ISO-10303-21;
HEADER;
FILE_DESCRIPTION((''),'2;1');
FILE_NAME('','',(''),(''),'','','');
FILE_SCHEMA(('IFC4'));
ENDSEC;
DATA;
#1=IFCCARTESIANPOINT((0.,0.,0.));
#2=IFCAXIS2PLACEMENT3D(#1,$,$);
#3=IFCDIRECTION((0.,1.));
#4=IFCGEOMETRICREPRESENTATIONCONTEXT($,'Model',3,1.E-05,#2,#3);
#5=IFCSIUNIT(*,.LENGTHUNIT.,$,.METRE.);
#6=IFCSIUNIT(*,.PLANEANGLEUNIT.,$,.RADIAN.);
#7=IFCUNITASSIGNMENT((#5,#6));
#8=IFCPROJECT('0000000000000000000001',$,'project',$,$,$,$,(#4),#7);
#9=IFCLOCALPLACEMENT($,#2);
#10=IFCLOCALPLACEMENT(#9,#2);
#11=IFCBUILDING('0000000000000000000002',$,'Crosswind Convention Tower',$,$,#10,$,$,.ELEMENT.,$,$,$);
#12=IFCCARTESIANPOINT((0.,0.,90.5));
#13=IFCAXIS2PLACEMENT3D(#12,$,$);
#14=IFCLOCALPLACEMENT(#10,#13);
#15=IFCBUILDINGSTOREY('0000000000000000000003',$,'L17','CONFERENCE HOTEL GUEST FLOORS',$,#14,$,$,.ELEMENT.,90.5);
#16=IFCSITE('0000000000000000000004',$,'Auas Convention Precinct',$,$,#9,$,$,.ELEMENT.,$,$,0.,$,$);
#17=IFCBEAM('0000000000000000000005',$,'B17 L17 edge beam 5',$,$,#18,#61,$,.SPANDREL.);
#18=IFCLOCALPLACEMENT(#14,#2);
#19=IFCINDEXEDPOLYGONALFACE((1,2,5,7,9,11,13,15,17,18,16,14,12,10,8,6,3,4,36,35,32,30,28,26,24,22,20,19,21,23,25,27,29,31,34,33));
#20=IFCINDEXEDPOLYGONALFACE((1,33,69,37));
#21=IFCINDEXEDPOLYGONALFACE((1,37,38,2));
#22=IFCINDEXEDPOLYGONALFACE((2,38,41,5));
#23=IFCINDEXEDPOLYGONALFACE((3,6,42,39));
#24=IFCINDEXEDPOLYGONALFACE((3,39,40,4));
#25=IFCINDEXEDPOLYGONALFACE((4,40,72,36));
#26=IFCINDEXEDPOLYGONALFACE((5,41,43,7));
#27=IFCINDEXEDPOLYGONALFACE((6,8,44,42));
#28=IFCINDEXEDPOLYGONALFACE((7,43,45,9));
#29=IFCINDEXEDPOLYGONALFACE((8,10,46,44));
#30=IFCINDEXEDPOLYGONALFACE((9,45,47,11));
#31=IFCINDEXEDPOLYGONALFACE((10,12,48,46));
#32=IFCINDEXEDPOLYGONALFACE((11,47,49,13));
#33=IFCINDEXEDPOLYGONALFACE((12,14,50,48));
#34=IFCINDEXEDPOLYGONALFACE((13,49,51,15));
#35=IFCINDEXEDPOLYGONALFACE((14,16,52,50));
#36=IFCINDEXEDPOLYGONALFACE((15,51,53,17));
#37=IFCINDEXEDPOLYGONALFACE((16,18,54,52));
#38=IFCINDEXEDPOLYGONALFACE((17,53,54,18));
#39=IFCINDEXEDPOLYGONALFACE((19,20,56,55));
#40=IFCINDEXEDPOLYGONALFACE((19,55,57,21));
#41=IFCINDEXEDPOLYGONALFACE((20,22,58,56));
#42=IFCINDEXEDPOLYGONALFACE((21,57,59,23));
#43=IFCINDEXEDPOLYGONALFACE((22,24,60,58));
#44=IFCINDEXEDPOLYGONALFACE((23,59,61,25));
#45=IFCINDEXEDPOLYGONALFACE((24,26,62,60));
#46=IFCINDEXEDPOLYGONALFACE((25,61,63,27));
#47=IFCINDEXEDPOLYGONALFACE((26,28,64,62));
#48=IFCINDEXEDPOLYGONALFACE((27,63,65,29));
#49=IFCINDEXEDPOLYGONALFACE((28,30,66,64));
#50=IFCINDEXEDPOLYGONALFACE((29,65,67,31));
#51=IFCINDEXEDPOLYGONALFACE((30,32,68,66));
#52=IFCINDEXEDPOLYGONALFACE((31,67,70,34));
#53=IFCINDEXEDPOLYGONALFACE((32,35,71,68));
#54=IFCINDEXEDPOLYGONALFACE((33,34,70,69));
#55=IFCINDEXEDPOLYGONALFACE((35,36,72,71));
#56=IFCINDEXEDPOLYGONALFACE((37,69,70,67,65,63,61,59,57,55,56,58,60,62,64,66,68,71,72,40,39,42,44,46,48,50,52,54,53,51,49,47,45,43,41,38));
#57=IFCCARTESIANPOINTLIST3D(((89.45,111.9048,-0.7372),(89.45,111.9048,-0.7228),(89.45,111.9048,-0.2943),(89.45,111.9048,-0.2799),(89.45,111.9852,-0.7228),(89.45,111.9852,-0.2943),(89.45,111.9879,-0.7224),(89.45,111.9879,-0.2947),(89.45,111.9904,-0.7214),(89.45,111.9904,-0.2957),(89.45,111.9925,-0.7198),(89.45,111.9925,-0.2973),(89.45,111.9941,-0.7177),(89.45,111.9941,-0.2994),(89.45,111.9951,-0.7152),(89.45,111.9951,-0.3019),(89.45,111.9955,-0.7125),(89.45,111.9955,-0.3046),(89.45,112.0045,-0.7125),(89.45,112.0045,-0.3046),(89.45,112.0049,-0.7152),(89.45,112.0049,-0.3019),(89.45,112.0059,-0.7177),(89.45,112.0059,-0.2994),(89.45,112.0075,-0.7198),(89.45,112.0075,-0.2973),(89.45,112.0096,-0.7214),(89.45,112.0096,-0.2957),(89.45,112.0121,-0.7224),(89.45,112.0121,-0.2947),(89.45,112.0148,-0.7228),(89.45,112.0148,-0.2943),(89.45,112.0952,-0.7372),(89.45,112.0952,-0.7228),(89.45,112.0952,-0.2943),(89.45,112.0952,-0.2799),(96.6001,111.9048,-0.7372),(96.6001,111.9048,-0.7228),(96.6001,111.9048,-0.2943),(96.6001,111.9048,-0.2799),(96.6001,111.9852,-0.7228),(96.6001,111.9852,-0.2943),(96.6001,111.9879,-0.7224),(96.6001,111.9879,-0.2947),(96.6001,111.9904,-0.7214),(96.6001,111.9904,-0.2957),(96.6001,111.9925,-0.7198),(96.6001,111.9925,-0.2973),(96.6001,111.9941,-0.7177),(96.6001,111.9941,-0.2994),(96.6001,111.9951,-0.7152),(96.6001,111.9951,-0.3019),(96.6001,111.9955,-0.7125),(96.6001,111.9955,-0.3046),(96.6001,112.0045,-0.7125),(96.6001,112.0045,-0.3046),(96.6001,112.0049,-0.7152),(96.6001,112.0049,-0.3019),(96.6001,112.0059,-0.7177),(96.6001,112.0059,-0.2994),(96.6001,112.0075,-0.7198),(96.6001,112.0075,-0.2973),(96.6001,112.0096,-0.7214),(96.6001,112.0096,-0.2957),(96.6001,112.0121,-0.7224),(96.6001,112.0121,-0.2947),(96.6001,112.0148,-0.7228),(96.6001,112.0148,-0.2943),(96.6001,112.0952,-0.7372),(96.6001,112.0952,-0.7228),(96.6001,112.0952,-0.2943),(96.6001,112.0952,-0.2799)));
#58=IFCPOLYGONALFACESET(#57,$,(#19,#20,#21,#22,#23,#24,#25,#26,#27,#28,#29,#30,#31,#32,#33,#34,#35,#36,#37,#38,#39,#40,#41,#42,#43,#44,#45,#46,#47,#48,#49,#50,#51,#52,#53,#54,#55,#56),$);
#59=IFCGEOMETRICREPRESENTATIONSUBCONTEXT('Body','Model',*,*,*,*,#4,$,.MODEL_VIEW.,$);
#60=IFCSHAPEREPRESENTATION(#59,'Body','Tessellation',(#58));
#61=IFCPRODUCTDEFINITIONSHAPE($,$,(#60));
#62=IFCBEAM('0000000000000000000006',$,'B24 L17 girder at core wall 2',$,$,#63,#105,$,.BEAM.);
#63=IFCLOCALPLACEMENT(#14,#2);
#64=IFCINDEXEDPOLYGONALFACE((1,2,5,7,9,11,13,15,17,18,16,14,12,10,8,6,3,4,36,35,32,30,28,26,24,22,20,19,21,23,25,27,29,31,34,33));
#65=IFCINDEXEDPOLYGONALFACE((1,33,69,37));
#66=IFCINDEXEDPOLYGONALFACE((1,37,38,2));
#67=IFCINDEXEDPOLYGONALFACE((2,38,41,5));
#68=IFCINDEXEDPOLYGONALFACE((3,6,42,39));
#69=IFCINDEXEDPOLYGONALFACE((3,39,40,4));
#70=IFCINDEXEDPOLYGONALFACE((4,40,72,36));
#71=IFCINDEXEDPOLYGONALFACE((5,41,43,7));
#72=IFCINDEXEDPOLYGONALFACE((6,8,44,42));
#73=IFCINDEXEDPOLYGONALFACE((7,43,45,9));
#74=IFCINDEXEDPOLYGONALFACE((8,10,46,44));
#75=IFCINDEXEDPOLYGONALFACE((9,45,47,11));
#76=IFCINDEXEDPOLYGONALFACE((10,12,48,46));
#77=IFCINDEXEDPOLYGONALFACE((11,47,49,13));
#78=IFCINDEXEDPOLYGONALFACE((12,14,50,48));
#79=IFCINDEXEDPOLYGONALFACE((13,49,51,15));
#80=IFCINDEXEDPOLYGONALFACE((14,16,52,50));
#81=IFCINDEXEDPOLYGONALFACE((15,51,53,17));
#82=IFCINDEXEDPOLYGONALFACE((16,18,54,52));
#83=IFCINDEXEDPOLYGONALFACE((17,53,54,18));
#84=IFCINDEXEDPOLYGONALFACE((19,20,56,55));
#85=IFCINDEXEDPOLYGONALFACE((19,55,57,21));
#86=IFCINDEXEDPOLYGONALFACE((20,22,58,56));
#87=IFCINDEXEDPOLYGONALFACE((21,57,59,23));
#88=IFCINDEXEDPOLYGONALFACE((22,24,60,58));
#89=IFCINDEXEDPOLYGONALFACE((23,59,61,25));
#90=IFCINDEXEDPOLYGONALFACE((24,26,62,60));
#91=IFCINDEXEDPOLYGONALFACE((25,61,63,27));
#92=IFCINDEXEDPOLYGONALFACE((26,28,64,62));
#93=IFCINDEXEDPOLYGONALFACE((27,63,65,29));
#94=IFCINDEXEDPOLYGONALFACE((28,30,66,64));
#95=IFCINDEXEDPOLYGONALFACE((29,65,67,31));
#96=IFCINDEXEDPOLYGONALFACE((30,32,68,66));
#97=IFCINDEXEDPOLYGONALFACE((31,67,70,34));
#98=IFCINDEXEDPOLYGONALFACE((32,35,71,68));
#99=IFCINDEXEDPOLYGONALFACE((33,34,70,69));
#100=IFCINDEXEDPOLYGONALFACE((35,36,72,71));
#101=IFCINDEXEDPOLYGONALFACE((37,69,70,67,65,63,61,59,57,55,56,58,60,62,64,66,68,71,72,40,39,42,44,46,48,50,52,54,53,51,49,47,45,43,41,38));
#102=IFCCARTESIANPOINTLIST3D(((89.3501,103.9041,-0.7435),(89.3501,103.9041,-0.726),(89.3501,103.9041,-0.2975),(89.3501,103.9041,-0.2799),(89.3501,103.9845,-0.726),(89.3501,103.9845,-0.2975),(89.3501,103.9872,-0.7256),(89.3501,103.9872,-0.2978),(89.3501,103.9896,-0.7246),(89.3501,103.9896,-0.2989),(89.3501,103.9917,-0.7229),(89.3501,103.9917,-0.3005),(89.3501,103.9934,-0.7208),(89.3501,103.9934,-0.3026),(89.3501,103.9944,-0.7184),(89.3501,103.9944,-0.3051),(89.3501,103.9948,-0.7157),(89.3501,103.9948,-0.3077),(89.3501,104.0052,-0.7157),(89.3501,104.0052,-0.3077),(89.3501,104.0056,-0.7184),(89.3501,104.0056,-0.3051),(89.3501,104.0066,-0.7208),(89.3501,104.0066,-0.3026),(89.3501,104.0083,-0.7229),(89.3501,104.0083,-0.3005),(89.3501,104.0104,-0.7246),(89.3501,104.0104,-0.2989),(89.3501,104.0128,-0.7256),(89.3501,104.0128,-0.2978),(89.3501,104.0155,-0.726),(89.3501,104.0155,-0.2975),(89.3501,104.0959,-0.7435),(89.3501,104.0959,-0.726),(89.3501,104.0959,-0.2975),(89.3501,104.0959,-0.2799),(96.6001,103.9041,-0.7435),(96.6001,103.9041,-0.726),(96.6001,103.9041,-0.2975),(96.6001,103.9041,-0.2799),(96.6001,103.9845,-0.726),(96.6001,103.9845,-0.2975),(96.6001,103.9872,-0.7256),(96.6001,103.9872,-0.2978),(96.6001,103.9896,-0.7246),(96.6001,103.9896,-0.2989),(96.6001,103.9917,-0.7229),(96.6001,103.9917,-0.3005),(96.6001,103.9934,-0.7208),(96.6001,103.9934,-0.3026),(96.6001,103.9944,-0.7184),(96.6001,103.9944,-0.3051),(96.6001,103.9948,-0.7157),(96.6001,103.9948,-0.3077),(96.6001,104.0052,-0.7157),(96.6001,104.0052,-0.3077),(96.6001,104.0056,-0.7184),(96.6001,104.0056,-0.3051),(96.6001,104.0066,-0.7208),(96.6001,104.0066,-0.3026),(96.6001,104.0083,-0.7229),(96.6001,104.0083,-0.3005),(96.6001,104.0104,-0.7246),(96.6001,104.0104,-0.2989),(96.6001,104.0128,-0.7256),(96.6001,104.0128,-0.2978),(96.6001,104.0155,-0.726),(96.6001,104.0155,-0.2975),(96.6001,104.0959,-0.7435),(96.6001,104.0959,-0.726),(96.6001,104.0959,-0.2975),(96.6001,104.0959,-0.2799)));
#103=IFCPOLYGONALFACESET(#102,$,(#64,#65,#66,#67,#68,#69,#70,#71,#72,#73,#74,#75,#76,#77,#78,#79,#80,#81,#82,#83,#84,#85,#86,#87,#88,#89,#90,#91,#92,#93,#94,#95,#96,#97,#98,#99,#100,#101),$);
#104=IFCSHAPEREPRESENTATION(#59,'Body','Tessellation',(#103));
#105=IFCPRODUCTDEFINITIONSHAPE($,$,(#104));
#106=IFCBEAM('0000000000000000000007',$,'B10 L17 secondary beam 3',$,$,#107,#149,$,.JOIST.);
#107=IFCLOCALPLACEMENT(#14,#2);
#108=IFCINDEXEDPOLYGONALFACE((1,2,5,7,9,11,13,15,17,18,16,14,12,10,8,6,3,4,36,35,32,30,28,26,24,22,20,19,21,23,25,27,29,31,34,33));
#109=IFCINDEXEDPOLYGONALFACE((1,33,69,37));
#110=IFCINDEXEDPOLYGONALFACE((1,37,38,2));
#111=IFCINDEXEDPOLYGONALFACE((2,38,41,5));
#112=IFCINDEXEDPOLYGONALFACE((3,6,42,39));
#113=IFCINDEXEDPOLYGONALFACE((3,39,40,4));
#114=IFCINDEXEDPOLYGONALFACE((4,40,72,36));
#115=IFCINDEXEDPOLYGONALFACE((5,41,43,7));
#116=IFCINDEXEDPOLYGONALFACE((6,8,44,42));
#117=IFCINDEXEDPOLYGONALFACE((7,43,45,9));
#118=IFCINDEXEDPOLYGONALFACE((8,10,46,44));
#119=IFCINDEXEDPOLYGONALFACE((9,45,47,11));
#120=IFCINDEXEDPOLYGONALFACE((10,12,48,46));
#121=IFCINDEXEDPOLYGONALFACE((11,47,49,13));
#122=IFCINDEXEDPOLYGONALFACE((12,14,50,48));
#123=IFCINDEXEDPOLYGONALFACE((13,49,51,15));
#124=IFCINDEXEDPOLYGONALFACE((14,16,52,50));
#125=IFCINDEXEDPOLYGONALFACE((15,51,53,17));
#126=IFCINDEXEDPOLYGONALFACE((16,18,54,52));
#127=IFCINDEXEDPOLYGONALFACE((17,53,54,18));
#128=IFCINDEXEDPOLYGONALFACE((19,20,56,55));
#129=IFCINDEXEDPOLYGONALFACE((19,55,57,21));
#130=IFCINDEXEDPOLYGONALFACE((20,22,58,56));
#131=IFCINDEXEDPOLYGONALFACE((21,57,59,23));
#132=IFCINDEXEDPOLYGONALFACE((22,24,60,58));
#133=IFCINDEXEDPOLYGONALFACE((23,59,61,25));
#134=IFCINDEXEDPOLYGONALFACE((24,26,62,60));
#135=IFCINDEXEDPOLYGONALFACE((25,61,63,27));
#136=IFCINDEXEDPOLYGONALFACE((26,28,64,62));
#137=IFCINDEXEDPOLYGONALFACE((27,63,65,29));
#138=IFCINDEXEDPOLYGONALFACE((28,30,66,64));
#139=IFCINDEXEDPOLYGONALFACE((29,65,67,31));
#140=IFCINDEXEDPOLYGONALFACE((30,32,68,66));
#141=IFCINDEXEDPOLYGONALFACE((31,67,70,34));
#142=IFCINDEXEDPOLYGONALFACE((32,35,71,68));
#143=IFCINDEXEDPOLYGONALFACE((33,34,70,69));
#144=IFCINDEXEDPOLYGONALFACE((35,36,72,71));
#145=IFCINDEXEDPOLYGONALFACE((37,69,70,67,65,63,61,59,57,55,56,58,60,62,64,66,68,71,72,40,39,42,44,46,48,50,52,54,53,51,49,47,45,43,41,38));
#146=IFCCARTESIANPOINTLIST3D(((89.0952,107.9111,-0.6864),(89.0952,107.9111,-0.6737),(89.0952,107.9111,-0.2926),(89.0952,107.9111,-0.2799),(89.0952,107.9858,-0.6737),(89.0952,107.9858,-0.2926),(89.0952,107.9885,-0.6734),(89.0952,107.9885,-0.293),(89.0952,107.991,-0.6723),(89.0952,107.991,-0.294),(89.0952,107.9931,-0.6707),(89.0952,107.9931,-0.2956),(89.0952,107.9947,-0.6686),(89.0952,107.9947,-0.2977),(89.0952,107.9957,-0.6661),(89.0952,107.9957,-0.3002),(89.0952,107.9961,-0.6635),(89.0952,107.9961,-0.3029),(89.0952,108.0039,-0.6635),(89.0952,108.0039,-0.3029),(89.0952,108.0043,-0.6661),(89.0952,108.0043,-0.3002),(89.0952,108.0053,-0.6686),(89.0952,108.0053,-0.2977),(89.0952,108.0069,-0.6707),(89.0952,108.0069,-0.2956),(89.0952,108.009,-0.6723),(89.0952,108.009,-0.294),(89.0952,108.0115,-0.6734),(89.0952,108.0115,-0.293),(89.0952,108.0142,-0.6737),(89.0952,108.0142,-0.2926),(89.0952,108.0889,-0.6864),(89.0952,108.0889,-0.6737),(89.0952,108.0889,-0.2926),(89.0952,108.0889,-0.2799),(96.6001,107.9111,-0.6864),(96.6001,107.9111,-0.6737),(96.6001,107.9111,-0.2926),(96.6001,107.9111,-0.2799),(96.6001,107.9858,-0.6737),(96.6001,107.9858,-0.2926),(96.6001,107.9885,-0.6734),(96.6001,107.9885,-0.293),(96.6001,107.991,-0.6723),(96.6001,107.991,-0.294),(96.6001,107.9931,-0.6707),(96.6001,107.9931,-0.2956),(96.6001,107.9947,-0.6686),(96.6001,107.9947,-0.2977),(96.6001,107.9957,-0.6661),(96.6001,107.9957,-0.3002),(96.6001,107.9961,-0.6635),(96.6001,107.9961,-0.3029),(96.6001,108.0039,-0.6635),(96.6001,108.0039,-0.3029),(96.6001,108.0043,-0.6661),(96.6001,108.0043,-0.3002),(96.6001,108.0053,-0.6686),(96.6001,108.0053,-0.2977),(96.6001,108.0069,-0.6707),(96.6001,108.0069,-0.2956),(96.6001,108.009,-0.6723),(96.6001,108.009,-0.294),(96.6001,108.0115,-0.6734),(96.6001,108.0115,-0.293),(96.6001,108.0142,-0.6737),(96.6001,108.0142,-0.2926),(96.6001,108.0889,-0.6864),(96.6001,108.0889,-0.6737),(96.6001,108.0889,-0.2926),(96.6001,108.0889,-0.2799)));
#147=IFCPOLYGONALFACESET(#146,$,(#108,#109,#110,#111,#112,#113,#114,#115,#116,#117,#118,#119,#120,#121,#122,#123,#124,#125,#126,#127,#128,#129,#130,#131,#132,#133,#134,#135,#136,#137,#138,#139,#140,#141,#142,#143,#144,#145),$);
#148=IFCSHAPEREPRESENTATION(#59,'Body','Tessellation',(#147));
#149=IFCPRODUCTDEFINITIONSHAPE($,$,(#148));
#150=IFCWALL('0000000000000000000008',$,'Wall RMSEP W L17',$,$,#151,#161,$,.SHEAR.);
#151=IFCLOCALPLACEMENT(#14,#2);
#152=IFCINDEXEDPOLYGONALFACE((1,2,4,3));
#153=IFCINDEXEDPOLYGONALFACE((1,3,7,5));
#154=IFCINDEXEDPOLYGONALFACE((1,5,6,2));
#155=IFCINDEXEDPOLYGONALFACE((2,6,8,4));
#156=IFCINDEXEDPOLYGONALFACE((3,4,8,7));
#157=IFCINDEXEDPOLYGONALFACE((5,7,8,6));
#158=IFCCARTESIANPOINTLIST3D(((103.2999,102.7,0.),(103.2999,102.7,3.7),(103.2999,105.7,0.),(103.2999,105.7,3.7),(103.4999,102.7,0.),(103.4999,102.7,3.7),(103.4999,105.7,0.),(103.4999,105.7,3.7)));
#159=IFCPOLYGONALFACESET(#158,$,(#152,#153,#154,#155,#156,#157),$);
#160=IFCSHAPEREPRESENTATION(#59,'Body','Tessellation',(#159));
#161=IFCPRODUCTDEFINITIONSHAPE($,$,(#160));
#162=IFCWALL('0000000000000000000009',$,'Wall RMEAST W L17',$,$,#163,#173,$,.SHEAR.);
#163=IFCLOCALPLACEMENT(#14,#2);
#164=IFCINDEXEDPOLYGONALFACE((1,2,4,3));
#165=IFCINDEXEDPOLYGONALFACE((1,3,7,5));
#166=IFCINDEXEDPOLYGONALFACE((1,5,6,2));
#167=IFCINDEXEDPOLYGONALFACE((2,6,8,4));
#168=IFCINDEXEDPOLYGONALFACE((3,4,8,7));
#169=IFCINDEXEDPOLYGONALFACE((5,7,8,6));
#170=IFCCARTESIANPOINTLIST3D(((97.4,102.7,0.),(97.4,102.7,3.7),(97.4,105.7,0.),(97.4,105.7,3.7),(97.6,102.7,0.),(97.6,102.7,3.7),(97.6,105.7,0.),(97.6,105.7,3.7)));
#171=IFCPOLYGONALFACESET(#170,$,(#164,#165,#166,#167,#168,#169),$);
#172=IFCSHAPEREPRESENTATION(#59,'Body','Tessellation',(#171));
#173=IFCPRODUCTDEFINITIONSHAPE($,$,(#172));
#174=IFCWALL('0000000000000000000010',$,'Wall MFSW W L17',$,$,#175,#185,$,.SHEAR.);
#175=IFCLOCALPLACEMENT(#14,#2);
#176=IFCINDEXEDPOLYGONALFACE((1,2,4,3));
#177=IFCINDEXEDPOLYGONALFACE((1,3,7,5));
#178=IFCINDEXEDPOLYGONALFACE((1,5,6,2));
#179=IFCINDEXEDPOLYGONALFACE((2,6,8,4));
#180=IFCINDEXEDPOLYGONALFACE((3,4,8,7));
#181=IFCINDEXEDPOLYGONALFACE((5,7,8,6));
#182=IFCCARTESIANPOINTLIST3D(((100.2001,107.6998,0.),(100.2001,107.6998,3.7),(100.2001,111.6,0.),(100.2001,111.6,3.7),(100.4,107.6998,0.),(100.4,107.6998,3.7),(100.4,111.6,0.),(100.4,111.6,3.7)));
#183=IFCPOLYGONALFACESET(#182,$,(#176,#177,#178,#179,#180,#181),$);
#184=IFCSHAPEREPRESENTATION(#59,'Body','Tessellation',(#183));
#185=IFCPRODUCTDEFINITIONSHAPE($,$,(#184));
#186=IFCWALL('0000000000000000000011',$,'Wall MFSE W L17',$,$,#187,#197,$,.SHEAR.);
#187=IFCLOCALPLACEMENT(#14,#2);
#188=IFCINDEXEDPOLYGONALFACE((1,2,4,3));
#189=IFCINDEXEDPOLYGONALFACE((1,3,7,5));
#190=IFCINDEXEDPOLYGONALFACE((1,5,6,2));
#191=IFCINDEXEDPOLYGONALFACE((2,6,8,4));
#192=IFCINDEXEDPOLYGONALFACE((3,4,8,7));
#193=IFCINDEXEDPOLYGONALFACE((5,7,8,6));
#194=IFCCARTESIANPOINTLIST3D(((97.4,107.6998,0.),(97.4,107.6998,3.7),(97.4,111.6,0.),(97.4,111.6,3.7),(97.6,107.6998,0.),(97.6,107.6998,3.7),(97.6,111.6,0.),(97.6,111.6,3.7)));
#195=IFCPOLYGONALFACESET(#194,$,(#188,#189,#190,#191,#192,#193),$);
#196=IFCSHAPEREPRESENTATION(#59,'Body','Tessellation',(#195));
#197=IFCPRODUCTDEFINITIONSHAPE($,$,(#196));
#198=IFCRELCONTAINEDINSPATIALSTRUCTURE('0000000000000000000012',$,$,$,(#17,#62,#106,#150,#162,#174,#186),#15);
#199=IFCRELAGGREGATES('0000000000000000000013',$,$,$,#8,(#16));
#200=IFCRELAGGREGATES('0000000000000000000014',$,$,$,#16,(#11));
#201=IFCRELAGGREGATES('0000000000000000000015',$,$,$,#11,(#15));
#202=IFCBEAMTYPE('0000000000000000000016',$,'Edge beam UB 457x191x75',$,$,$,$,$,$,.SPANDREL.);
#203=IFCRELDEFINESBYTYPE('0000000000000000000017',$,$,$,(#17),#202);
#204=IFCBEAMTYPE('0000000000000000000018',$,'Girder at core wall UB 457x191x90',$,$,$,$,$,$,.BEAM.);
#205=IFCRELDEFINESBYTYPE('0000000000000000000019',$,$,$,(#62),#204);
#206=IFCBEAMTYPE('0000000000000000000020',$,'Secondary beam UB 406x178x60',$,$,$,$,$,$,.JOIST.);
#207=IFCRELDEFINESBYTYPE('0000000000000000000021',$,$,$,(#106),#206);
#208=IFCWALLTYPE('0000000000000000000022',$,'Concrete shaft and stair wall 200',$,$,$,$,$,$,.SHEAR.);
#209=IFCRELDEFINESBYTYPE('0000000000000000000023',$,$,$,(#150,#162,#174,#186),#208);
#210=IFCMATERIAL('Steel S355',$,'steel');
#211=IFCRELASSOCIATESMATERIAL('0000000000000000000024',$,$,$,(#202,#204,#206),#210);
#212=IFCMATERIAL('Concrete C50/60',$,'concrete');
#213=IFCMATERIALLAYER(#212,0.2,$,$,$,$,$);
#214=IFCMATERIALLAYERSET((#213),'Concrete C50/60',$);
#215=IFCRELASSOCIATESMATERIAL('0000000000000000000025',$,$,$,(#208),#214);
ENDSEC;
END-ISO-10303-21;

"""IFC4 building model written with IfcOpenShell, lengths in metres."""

from ifc_helpers import new_model, si_unit, direction, frame, frame_2d, origin, origin_2d, place, context, subcontext, project, spatial, rectangle, i_section, extrude, material, layer, layer_set, material_profile, profile_set, type_object, element, save


model = new_model("IFC4")

# Units and contexts
model_context = context("Model", 3, precision=1e-05, world=origin(), true_north=direction((0.0, 1.0)))
body_context = subcontext(model_context, "Body", "Model", "MODEL_VIEW")
ifc_project = project(units=[si_unit("LENGTHUNIT", "METRE"), si_unit("PLANEANGLEUNIT", "RADIAN")], contexts=[model_context])

# Site, building, storey
site_placement = place(None, origin())
site = spatial("IfcSite", under=ifc_project, at=site_placement, Name="Auas Convention Precinct", CompositionType="ELEMENT", RefElevation=0.0)
building_placement = place(site_placement, origin())
building = spatial("IfcBuilding", under=site, at=building_placement, Name="Crosswind Convention Tower", CompositionType="ELEMENT")
storey_placement = place(building_placement, frame((0.0, 0.0, 90.5)))
storey = spatial("IfcBuildingStorey", under=building, at=storey_placement, Name="L17", Description="CONFERENCE HOTEL GUEST FLOORS", CompositionType="ELEMENT", Elevation=90.5)

# Beams
ifc_material_1 = material(Name="Steel S355", Category="steel")
ifc_material_profile_1 = material_profile(ifc_material_1, i_section(OverallWidth=0.1904, OverallDepth=0.4573, WebThickness=0.009, FlangeThickness=0.0144, FilletRadius=0.0103, at=origin_2d()), Name="UB 457x191x75")
ifc_profile_set_1 = profile_set([ifc_material_profile_1], Name="Steel S355")
beam_type_1 = type_object("IfcBeamType", Name="Edge beam UB 457x191x75", PredefinedType="SPANDREL", material=ifc_profile_set_1)
beam_1_placement = place(storey_placement, frame((89.45, 112.0, -0.5085), z_axis=(1.0, 0.0, 0.0), x_axis=(0.0, 1.0, 0.0)))
element("IfcBeam", 1, at=beam_1_placement, inside=storey, type_object=beam_type_1, Name="B17 L17 edge beam 5", PredefinedType="SPANDREL", context=body_context, shape_type="SweptSolid", body=[
    extrude(i_section(OverallWidth=0.1904, OverallDepth=0.4573, WebThickness=0.009, FlangeThickness=0.0144, FilletRadius=0.0103, at=origin_2d()), origin(), (0.0, 0.0, 1.0), 7.1501),
])
ifc_material_profile_2 = material_profile(ifc_material_1, i_section(OverallWidth=0.1919, OverallDepth=0.4636, WebThickness=0.0105, FlangeThickness=0.0176, FilletRadius=0.0103, at=origin_2d()), Name="UB 457x191x90")
ifc_profile_set_2 = profile_set([ifc_material_profile_2], Name="Steel S355")
beam_type_2 = type_object("IfcBeamType", Name="Girder at core wall UB 457x191x90", PredefinedType="BEAM", material=ifc_profile_set_2)
beam_2_placement = place(storey_placement, frame((89.3501, 104.0, -0.5117), z_axis=(1.0, 0.0, 0.0), x_axis=(0.0, 1.0, 0.0)))
element("IfcBeam", 2, at=beam_2_placement, inside=storey, type_object=beam_type_2, Name="B24 L17 girder at core wall 2", PredefinedType="BEAM", context=body_context, shape_type="SweptSolid", body=[
    extrude(i_section(OverallWidth=0.1919, OverallDepth=0.4636, WebThickness=0.0105, FlangeThickness=0.0176, FilletRadius=0.0103, at=origin_2d()), origin(), (0.0, 0.0, 1.0), 7.25),
])
ifc_material_profile_3 = material_profile(ifc_material_1, i_section(OverallWidth=0.1777, OverallDepth=0.4065, WebThickness=0.0078, FlangeThickness=0.0127, FilletRadius=0.0103, at=origin_2d()), Name="UB 406x178x60")
ifc_profile_set_3 = profile_set([ifc_material_profile_3], Name="Steel S355")
beam_type_3 = type_object("IfcBeamType", Name="Secondary beam UB 406x178x60", PredefinedType="JOIST", material=ifc_profile_set_3)
beam_3_placement = place(storey_placement, frame((89.0952, 108.0, -0.4832), z_axis=(1.0, 0.0, 0.0), x_axis=(0.0, 1.0, 0.0)))
element("IfcBeam", 3, at=beam_3_placement, inside=storey, type_object=beam_type_3, Name="B10 L17 secondary beam 3", PredefinedType="JOIST", context=body_context, shape_type="SweptSolid", body=[
    extrude(i_section(OverallWidth=0.1777, OverallDepth=0.4065, WebThickness=0.0078, FlangeThickness=0.0127, FilletRadius=0.0103, at=origin_2d()), origin(), (0.0, 0.0, 1.0), 7.5049),
])

# Walls
ifc_material_2 = material(Name="Concrete C50/60", Category="concrete")
ifc_layer_1 = layer(ifc_material_2, 0.2)
ifc_layer_set_1 = layer_set([ifc_layer_1], Name="Concrete C50/60")
wall_type_1 = type_object("IfcWallType", Name="Concrete shaft and stair wall 200", PredefinedType="SHEAR", material=ifc_layer_set_1)
for number, where, z_axis, x_axis, name in (
    (4, (103.3999, 105.7, 0.0), (0.0, 0.0, 1.0), (0.0, -1.0, 0.0), "Wall RMSEP W L17"),
    (5, (97.5, 105.7, 0.0), (0.0, 0.0, 1.0), (0.0, -1.0, 0.0), "Wall RMEAST W L17"),
):
    element("IfcWall", number, at=place(storey_placement, frame(where, z_axis=z_axis, x_axis=x_axis)), inside=storey, type_object=wall_type_1, Name=name, PredefinedType="SHEAR", context=body_context, shape_type="SweptSolid", body=[
        extrude(rectangle(XDim=3.0, YDim=0.2, at=frame_2d((1.5, 0.0))), origin(), (0.0, 0.0, 1.0), 3.7),
    ])
for number, where, z_axis, x_axis, name in (
    (6, (100.3, 111.6001, 0.0), (0.0, 0.0, 1.0), (0.0, -1.0, 0.0), "Wall MFSW W L17"),
    (7, (97.5, 111.6001, 0.0), (0.0, 0.0, 1.0), (0.0, -1.0, 0.0), "Wall MFSE W L17"),
):
    element("IfcWall", number, at=place(storey_placement, frame(where, z_axis=z_axis, x_axis=x_axis)), inside=storey, type_object=wall_type_1, Name=name, PredefinedType="SHEAR", context=body_context, shape_type="SweptSolid", body=[
        extrude(rectangle(XDim=3.9001, YDim=0.2, at=frame_2d((1.9502, 0.0))), origin(), (0.0, 0.0, 1.0), 3.7),
    ])

save(model, "model.ifc")
